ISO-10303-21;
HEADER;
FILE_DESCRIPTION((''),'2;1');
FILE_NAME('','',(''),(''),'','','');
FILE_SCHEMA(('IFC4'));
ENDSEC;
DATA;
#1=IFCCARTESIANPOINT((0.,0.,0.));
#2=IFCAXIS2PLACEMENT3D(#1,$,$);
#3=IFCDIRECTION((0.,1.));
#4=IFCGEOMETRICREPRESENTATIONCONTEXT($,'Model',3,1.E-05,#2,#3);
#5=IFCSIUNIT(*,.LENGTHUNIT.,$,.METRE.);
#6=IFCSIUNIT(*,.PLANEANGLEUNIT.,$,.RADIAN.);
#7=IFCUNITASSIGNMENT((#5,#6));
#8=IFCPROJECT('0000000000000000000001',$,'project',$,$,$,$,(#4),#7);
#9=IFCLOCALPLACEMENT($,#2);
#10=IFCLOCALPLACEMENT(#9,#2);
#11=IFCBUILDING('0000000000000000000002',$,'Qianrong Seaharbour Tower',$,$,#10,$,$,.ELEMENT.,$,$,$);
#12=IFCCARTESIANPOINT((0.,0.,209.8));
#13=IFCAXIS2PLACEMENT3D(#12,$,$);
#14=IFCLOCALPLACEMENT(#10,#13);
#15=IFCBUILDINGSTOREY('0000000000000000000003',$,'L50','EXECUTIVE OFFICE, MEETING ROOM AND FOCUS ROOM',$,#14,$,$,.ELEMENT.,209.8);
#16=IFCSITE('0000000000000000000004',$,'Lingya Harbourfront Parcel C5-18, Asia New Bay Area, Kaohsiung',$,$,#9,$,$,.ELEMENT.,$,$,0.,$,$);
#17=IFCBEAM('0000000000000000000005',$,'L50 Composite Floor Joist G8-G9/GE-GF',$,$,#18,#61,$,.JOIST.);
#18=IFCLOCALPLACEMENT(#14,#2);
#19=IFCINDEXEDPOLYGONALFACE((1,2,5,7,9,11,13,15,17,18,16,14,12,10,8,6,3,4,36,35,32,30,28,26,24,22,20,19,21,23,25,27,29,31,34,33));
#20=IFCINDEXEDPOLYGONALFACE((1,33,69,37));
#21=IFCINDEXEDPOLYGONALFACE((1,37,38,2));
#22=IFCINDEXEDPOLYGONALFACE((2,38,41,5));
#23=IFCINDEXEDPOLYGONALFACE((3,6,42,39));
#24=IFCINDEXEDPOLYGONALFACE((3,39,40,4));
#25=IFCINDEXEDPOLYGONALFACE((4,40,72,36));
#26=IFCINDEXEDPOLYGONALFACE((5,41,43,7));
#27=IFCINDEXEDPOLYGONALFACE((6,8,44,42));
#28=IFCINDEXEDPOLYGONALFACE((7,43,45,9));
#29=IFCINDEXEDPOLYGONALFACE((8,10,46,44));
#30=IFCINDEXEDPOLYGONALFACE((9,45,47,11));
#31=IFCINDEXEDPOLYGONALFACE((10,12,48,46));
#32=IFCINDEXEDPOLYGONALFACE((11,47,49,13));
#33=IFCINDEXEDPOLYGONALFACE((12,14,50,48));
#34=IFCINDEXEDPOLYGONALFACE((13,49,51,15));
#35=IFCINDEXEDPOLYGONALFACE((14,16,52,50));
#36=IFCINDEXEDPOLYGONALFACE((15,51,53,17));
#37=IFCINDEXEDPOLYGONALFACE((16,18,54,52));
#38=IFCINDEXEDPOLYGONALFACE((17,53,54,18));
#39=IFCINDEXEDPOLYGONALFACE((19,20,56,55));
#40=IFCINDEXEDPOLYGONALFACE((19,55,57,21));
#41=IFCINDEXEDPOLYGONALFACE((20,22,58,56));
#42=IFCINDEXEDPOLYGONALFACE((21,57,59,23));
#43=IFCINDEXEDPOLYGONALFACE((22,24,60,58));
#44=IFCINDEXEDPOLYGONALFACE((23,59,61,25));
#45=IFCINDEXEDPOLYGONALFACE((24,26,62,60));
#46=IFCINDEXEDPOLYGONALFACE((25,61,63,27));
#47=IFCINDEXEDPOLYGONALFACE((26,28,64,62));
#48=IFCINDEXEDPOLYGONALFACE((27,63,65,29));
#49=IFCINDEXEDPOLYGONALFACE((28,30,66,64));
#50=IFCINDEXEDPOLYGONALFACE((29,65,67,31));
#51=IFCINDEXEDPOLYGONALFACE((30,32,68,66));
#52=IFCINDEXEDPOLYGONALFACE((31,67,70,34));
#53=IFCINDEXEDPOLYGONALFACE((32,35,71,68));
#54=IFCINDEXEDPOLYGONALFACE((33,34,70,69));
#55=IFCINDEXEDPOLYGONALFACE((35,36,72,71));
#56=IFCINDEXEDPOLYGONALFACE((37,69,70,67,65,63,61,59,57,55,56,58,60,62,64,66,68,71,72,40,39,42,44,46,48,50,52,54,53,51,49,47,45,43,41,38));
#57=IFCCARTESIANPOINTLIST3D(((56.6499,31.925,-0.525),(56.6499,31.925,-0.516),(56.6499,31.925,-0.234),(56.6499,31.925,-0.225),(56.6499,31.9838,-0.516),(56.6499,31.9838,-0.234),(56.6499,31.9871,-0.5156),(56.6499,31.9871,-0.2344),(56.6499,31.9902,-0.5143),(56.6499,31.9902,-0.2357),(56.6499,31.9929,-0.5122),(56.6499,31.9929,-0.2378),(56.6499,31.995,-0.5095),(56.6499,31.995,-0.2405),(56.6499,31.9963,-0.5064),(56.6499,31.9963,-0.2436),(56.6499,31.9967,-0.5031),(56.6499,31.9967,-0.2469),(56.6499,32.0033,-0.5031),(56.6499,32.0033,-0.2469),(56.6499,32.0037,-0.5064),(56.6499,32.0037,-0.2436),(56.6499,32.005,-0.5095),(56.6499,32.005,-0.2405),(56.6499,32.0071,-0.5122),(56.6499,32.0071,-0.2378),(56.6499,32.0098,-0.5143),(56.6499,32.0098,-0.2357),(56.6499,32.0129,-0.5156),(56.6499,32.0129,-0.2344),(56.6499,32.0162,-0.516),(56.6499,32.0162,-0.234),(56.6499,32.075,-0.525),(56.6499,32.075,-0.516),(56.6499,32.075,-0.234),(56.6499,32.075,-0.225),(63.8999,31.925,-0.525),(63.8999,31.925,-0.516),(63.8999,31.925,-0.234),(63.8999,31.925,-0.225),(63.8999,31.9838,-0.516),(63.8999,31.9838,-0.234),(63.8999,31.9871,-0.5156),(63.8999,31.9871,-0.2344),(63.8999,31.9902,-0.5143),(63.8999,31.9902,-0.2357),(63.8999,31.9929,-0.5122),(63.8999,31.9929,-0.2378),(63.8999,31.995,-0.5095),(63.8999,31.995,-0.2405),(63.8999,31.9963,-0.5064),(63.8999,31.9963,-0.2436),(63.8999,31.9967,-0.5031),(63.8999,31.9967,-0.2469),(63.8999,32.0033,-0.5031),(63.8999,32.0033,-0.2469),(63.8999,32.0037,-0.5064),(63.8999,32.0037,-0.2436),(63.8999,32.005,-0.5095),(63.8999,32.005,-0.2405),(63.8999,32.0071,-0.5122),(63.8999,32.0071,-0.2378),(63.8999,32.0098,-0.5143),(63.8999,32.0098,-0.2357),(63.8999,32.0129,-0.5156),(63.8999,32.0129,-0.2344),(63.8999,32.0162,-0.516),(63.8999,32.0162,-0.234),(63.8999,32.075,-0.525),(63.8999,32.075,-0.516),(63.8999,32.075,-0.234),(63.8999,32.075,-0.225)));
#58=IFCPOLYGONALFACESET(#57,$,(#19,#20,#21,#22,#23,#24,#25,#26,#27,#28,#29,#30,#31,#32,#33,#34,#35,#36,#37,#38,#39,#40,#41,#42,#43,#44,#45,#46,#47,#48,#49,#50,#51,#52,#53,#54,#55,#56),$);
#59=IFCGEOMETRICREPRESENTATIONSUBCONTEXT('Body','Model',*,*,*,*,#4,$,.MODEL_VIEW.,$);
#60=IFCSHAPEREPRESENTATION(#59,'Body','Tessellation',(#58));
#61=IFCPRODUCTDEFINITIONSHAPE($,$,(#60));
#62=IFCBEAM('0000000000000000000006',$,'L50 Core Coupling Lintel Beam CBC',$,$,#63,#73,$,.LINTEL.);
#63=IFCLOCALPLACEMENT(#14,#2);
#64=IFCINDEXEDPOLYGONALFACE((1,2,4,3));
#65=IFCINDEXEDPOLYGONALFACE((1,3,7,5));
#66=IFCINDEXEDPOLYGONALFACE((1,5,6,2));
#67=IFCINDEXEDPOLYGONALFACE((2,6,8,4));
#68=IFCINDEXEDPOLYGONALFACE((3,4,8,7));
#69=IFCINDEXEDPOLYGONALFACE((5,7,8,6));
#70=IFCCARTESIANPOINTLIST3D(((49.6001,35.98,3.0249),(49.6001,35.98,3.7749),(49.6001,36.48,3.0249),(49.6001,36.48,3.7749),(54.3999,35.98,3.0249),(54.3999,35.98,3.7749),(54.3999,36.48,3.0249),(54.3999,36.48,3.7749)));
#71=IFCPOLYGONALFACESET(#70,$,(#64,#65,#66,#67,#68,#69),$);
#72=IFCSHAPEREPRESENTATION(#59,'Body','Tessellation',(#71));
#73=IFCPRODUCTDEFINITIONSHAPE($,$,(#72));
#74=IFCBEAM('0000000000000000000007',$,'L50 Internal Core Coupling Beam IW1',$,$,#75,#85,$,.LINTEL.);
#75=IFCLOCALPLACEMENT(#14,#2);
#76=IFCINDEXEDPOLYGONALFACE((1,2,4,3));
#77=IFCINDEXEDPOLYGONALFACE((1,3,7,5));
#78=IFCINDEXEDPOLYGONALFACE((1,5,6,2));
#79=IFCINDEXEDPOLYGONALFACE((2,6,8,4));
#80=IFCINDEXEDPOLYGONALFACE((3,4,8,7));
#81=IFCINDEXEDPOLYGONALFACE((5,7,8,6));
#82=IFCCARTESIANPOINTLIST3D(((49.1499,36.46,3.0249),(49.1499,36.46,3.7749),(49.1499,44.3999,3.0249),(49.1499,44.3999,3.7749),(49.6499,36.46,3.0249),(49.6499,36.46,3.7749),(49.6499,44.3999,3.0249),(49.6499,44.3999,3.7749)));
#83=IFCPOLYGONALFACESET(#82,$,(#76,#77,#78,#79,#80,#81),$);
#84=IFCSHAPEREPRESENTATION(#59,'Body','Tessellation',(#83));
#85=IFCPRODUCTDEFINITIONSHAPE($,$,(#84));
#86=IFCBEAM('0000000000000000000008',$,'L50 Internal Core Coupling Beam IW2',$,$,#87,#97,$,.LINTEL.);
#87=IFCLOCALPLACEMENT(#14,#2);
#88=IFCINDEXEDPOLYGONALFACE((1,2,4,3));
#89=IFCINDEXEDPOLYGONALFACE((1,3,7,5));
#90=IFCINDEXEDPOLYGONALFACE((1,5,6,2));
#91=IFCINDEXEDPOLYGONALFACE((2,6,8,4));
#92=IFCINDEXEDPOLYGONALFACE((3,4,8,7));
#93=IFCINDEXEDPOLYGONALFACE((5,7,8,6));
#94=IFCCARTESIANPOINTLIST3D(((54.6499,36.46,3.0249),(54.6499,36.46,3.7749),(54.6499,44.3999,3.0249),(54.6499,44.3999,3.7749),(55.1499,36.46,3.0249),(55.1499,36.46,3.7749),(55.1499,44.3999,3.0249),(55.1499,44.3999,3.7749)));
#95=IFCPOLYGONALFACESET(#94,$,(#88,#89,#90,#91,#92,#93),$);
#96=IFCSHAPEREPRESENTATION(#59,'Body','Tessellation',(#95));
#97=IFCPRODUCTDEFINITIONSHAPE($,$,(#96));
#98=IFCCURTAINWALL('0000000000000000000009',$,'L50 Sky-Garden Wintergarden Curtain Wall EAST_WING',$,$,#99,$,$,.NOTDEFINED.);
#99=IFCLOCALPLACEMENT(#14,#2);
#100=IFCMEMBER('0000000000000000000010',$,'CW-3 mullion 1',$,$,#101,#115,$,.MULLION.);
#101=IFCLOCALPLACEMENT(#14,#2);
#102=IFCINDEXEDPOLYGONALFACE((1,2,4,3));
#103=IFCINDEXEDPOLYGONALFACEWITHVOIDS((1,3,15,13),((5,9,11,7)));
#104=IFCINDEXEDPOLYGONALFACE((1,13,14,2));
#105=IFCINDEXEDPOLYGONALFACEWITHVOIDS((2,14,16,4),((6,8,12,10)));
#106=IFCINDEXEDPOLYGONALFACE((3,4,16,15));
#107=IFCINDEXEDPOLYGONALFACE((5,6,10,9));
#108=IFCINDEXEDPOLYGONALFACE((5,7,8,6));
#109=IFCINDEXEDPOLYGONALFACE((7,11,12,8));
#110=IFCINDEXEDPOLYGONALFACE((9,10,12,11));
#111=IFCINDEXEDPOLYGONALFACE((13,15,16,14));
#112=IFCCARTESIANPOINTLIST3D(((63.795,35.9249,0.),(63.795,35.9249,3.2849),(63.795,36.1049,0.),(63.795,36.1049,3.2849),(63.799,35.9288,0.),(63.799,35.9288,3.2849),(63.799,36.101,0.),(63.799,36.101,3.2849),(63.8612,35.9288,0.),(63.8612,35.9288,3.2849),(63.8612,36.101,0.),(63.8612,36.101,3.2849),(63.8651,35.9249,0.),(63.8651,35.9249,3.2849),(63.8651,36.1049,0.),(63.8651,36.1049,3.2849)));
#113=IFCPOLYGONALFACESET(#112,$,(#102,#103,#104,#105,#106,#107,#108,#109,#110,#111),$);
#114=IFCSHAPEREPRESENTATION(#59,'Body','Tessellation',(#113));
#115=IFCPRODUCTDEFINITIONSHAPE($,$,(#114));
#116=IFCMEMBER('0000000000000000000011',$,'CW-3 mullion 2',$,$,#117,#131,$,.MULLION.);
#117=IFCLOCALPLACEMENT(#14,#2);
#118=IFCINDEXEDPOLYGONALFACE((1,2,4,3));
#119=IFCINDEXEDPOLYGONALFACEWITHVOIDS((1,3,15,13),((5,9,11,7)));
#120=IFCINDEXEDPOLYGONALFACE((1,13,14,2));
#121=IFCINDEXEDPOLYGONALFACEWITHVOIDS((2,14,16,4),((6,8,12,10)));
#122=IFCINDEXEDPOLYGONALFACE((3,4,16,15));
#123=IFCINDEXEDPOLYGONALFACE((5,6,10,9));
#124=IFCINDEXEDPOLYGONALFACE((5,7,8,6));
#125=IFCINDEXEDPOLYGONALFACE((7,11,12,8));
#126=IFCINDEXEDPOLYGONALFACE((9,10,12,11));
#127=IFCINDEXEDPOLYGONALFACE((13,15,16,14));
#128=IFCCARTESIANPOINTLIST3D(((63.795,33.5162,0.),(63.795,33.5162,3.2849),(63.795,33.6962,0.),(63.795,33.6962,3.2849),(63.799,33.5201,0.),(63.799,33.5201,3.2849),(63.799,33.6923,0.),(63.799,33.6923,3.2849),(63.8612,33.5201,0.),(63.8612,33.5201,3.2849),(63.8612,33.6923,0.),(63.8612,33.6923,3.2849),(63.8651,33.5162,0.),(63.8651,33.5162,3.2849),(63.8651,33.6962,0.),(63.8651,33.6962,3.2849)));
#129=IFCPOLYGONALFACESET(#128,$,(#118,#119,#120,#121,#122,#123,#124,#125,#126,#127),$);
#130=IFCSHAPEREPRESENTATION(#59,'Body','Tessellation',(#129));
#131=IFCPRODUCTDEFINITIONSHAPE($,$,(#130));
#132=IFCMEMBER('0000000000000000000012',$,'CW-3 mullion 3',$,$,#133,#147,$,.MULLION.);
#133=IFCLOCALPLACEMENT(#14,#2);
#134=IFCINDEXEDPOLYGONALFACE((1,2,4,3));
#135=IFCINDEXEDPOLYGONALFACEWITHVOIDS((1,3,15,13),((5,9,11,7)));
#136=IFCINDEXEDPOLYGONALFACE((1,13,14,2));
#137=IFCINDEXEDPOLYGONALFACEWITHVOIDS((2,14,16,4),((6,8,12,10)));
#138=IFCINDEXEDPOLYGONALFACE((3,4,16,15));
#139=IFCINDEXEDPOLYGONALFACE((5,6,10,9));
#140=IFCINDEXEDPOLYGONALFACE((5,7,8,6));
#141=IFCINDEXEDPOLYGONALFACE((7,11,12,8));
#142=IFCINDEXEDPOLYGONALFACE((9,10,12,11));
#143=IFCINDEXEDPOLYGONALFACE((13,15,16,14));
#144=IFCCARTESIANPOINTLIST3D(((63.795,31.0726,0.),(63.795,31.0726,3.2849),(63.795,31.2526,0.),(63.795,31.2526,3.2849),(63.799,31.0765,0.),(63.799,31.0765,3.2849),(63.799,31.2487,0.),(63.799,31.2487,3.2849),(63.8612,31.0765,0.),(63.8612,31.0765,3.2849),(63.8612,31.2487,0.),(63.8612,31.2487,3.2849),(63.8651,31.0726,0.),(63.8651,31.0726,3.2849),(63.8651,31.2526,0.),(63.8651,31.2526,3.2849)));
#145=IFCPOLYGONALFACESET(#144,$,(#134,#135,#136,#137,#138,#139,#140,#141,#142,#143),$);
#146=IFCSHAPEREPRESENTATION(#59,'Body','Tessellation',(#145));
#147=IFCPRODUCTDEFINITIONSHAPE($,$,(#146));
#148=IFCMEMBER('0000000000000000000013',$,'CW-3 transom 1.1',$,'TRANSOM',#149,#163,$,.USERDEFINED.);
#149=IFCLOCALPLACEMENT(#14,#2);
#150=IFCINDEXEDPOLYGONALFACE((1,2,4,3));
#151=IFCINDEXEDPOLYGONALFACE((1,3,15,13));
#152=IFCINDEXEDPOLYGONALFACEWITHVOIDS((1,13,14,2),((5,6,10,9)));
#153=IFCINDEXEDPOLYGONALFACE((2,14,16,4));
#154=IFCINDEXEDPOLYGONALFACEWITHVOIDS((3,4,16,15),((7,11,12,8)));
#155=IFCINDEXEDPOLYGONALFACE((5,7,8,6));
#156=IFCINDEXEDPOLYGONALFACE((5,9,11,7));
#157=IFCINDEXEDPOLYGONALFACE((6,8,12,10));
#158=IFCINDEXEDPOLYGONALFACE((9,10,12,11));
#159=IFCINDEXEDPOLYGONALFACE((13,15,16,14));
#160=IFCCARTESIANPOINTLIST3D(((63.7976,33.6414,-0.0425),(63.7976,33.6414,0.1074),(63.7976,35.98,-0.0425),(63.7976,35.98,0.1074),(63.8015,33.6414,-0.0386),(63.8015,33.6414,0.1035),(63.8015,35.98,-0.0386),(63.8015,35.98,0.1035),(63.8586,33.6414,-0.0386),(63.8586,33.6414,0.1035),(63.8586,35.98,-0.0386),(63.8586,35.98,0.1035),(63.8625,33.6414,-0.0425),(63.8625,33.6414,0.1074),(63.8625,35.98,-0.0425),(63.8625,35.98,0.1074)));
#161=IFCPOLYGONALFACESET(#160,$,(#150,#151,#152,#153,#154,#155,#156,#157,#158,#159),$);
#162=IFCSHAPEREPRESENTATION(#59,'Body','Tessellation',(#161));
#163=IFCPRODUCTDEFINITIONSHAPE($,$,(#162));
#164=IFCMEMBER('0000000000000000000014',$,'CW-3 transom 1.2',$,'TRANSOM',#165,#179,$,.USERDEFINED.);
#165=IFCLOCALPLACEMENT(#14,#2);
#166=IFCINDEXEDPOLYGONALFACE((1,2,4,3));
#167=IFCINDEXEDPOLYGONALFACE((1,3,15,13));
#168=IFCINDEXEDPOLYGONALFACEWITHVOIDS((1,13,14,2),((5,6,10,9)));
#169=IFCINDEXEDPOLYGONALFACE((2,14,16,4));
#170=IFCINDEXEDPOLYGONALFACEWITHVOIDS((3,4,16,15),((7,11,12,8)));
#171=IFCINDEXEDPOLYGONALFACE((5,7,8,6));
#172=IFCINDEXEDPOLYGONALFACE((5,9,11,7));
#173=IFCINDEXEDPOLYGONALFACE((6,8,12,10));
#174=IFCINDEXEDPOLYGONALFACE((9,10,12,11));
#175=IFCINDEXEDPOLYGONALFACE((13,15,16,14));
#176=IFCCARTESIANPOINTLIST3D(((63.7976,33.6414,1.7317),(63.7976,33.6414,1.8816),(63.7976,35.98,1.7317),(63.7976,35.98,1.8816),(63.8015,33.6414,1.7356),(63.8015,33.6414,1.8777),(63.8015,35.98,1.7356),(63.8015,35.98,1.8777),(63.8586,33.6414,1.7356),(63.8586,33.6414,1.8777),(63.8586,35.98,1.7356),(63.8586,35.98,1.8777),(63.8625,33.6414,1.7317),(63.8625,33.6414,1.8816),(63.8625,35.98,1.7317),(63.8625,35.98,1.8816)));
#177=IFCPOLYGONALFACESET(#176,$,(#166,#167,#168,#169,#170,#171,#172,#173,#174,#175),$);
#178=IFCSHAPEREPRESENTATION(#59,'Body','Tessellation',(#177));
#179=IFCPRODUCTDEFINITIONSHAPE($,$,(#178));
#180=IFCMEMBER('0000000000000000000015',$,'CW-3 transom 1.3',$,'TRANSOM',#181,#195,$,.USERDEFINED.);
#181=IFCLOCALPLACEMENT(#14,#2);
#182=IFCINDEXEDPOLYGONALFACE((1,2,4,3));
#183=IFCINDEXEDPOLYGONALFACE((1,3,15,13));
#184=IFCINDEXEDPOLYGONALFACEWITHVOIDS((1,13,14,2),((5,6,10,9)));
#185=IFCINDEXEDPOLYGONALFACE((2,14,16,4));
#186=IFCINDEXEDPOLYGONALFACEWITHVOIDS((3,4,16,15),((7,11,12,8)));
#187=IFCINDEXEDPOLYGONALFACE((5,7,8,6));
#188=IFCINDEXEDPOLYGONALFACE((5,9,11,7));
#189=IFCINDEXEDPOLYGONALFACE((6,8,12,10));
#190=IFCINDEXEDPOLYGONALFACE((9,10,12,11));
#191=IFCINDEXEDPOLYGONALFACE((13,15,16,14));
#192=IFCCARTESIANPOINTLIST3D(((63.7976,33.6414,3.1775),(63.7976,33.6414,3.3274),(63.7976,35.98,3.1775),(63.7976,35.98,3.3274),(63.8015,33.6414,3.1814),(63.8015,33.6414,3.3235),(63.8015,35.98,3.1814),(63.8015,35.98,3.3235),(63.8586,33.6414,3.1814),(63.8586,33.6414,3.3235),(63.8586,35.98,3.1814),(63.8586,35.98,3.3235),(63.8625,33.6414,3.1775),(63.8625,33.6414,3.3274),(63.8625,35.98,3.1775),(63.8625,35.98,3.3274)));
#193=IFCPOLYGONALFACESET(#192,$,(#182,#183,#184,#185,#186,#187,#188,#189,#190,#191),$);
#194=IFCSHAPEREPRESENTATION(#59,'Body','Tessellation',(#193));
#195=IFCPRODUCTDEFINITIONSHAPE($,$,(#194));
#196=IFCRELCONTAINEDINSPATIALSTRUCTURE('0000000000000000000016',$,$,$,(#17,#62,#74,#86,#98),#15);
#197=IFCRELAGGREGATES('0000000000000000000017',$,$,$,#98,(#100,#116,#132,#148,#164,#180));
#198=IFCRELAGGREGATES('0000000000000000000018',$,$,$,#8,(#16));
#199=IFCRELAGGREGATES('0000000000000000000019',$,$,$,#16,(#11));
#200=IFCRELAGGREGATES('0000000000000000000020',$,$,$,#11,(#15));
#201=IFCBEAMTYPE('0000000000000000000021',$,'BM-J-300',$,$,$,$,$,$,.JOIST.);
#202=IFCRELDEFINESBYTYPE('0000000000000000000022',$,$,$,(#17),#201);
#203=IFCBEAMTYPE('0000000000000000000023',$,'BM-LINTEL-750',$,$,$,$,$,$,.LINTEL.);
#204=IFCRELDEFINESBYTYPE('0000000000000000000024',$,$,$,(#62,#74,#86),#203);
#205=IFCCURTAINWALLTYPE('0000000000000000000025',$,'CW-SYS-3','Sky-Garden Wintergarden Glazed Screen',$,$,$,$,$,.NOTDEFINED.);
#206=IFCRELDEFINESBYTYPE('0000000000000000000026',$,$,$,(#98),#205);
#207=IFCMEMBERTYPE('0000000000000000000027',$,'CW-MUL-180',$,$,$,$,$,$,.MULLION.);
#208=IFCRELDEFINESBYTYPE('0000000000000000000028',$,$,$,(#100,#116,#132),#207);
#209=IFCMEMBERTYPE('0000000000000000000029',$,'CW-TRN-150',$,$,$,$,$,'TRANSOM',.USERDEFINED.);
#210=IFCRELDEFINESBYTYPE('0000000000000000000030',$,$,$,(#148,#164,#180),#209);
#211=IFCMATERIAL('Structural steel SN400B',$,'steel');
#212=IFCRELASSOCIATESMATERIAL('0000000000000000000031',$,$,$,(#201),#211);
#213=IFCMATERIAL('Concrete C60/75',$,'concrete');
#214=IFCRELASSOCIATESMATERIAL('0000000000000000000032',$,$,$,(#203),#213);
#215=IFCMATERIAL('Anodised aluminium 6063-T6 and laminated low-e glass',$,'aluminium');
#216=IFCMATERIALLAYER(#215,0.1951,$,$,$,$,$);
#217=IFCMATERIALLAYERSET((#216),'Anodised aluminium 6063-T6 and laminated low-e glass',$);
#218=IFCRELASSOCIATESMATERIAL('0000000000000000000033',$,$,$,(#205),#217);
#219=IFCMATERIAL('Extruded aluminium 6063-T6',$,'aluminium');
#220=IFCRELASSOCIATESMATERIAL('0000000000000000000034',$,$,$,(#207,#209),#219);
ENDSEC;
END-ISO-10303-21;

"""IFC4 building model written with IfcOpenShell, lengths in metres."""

from ifc_helpers import new_model, si_unit, direction, frame, origin, origin_2d, place, context, subcontext, project, spatial, rectangle, hollow_rectangle, i_section, extrude, material, layer, layer_set, material_profile, profile_set, type_object, element, aggregate, save


model = new_model("IFC4")

# Units and contexts
model_context = context("Model", 3, precision=1e-05, world=origin(), true_north=direction((0.0, 1.0)))
body_context = subcontext(model_context, "Body", "Model", "MODEL_VIEW")
ifc_project = project(units=[si_unit("LENGTHUNIT", "METRE"), si_unit("PLANEANGLEUNIT", "RADIAN")], contexts=[model_context])

# Site, building, storey
site_placement = place(None, origin())
site = spatial("IfcSite", under=ifc_project, at=site_placement, Name="Lingya Harbourfront Parcel C5-18, Asia New Bay Area, Kaohsiung", CompositionType="ELEMENT", RefElevation=0.0)
building_placement = place(site_placement, origin())
building = spatial("IfcBuilding", under=site, at=building_placement, Name="Qianrong Seaharbour Tower", CompositionType="ELEMENT")
storey_placement = place(building_placement, frame((0.0, 0.0, 209.8)))
storey = spatial("IfcBuildingStorey", under=building, at=storey_placement, Name="L50", Description="EXECUTIVE OFFICE, MEETING ROOM AND FOCUS ROOM", CompositionType="ELEMENT", Elevation=209.8)

# Beams
ifc_material_1 = material(Name="Structural steel SN400B", Category="steel")
ifc_material_profile_1 = material_profile(ifc_material_1, i_section(OverallWidth=0.1499, OverallDepth=0.3, WebThickness=0.0066, FlangeThickness=0.009, FilletRadius=0.0129, at=origin_2d()), Name="H300x150x6.5x9")
ifc_profile_set_1 = profile_set([ifc_material_profile_1], Name="Structural steel SN400B")
beam_type_1 = type_object("IfcBeamType", Name="BM-J-300", PredefinedType="JOIST", material=ifc_profile_set_1)
beam_1_placement = place(storey_placement, frame((56.6499, 32.0, -0.375), z_axis=(1.0, 0.0, 0.0), x_axis=(0.0, 1.0, 0.0)))
element("IfcBeam", 1, at=beam_1_placement, inside=storey, type_object=beam_type_1, Name="L50 Composite Floor Joist G8-G9/GE-GF", PredefinedType="JOIST", context=body_context, shape_type="SweptSolid", body=[
    extrude(i_section(OverallWidth=0.1499, OverallDepth=0.3, WebThickness=0.0066, FlangeThickness=0.009, FilletRadius=0.0129, at=origin_2d()), origin(), (0.0, 0.0, 1.0), 7.25),
])
ifc_material_2 = material(Name="Concrete C60/75", Category="concrete")
ifc_material_profile_2 = material_profile(ifc_material_2, rectangle(XDim=0.5, YDim=0.75, at=origin_2d()), Name="RC500x750")
ifc_profile_set_2 = profile_set([ifc_material_profile_2], Name="Concrete C60/75")
beam_type_2 = type_object("IfcBeamType", Name="BM-LINTEL-750", PredefinedType="LINTEL", material=ifc_profile_set_2)
beam_2_placement = place(storey_placement, frame((49.6001, 36.23, 3.3999), z_axis=(1.0, 0.0, 0.0), x_axis=(0.0, 1.0, 0.0)))
element("IfcBeam", 2, at=beam_2_placement, inside=storey, type_object=beam_type_2, Name="L50 Core Coupling Lintel Beam CBC", PredefinedType="LINTEL", context=body_context, shape_type="SweptSolid", body=[
    extrude(rectangle(XDim=0.5, YDim=0.75, at=origin_2d()), origin(), (0.0, 0.0, 1.0), 4.7998),
])
for number, where, z_axis, x_axis, name in (
    (3, (49.3999, 36.46, 3.3999), (0.0, 1.0, 0.0), (-1.0, 0.0, 0.0), "L50 Internal Core Coupling Beam IW1"),
    (4, (54.8999, 36.46, 3.3999), (0.0, 1.0, 0.0), (-1.0, 0.0, 0.0), "L50 Internal Core Coupling Beam IW2"),
):
    element("IfcBeam", number, at=place(storey_placement, frame(where, z_axis=z_axis, x_axis=x_axis)), inside=storey, type_object=beam_type_2, Name=name, PredefinedType="LINTEL", context=body_context, shape_type="SweptSolid", body=[
        extrude(rectangle(XDim=0.5, YDim=0.75, at=origin_2d()), origin(), (0.0, 0.0, 1.0), 7.9399),
    ])

# Curtain wall, members
ifc_material_3 = material(Name="Anodised aluminium 6063-T6 and laminated low-e glass", Category="aluminium")
ifc_layer_1 = layer(ifc_material_3, 0.1951)
ifc_layer_set_1 = layer_set([ifc_layer_1], Name="Anodised aluminium 6063-T6 and laminated low-e glass")
curtain_wall_type = type_object("IfcCurtainWallType", Name="CW-SYS-3", Description="Sky-Garden Wintergarden Glazed Screen", PredefinedType="NOTDEFINED", material=ifc_layer_set_1)
curtain_wall_placement = place(storey_placement, origin())
curtain_wall = element("IfcCurtainWall", 5, at=curtain_wall_placement, inside=storey, type_object=curtain_wall_type, Name="L50 Sky-Garden Wintergarden Curtain Wall EAST_WING", PredefinedType="NOTDEFINED")
ifc_material_4 = material(Name="Extruded aluminium 6063-T6", Category="aluminium")
ifc_material_profile_3 = material_profile(ifc_material_4, hollow_rectangle(XDim=0.0701, YDim=0.1799, WallThickness=0.0039, at=origin_2d()), Name="ALU-MUL-180x70x4")
ifc_profile_set_3 = profile_set([ifc_material_profile_3], Name="Extruded aluminium 6063-T6")
member_type_1 = type_object("IfcMemberType", Name="CW-MUL-180", PredefinedType="MULLION", material=ifc_profile_set_3)
member_1_placement = place(storey_placement, frame((63.8301, 36.0149, 0.0), z_axis=(0.0, 0.0, 1.0), x_axis=(1.0, 0.0, 0.0)))
member_1 = element("IfcMember", 6, at=member_1_placement, type_object=member_type_1, Name="CW-3 mullion 1", PredefinedType="MULLION", context=body_context, shape_type="SweptSolid", body=[
    extrude(hollow_rectangle(XDim=0.0701, YDim=0.1799, WallThickness=0.0039, at=origin_2d()), origin(), (0.0, 0.0, 1.0), 3.2849),
])
member_2_placement = place(storey_placement, frame((63.8301, 33.6062, 0.0), z_axis=(0.0, 0.0, 1.0), x_axis=(1.0, 0.0, 0.0)))
member_2 = element("IfcMember", 7, at=member_2_placement, type_object=member_type_1, Name="CW-3 mullion 2", PredefinedType="MULLION", context=body_context, shape_type="SweptSolid", body=[
    extrude(hollow_rectangle(XDim=0.0701, YDim=0.1799, WallThickness=0.0039, at=origin_2d()), origin(), (0.0, 0.0, 1.0), 3.2849),
])
member_3_placement = place(storey_placement, frame((63.8301, 31.1626, 0.0), z_axis=(0.0, 0.0, 1.0), x_axis=(1.0, 0.0, 0.0)))
member_3 = element("IfcMember", 8, at=member_3_placement, type_object=member_type_1, Name="CW-3 mullion 3", PredefinedType="MULLION", context=body_context, shape_type="SweptSolid", body=[
    extrude(hollow_rectangle(XDim=0.0701, YDim=0.1799, WallThickness=0.0039, at=origin_2d()), origin(), (0.0, 0.0, 1.0), 3.2849),
])
ifc_material_profile_4 = material_profile(ifc_material_4, hollow_rectangle(XDim=0.0649, YDim=0.1499, WallThickness=0.0039, at=origin_2d()), Name="ALU-TRN-150x65x4")
ifc_profile_set_4 = profile_set([ifc_material_profile_4], Name="Extruded aluminium 6063-T6")
member_type_2 = type_object("IfcMemberType", Name="CW-TRN-150", ElementType="TRANSOM", PredefinedType="USERDEFINED", material=ifc_profile_set_4)
member_4_placement = place(storey_placement, frame((63.8301, 35.98, 0.0325), z_axis=(0.0, -1.0, 0.0), x_axis=(1.0, 0.0, 0.0)))
member_4 = element("IfcMember", 9, at=member_4_placement, type_object=member_type_2, Name="CW-3 transom 1.1", ObjectType="TRANSOM", PredefinedType="USERDEFINED", context=body_context, shape_type="SweptSolid", body=[
    extrude(hollow_rectangle(XDim=0.0649, YDim=0.1499, WallThickness=0.0039, at=origin_2d()), origin(), (0.0, 0.0, 1.0), 2.3386),
])
member_5_placement = place(storey_placement, frame((63.8301, 35.98, 1.8066), z_axis=(0.0, -1.0, 0.0), x_axis=(1.0, 0.0, 0.0)))
member_5 = element("IfcMember", 10, at=member_5_placement, type_object=member_type_2, Name="CW-3 transom 1.2", ObjectType="TRANSOM", PredefinedType="USERDEFINED", context=body_context, shape_type="SweptSolid", body=[
    extrude(hollow_rectangle(XDim=0.0649, YDim=0.1499, WallThickness=0.0039, at=origin_2d()), origin(), (0.0, 0.0, 1.0), 2.3386),
])
member_6_placement = place(storey_placement, frame((63.8301, 35.98, 3.2524), z_axis=(0.0, -1.0, 0.0), x_axis=(1.0, 0.0, 0.0)))
member_6 = element("IfcMember", 11, at=member_6_placement, type_object=member_type_2, Name="CW-3 transom 1.3", ObjectType="TRANSOM", PredefinedType="USERDEFINED", context=body_context, shape_type="SweptSolid", body=[
    extrude(hollow_rectangle(XDim=0.0649, YDim=0.1499, WallThickness=0.0039, at=origin_2d()), origin(), (0.0, 0.0, 1.0), 2.3386),
])
aggregate(curtain_wall, [member_1, member_2, member_3, member_4, member_5, member_6])

save(model, "model.ifc")
